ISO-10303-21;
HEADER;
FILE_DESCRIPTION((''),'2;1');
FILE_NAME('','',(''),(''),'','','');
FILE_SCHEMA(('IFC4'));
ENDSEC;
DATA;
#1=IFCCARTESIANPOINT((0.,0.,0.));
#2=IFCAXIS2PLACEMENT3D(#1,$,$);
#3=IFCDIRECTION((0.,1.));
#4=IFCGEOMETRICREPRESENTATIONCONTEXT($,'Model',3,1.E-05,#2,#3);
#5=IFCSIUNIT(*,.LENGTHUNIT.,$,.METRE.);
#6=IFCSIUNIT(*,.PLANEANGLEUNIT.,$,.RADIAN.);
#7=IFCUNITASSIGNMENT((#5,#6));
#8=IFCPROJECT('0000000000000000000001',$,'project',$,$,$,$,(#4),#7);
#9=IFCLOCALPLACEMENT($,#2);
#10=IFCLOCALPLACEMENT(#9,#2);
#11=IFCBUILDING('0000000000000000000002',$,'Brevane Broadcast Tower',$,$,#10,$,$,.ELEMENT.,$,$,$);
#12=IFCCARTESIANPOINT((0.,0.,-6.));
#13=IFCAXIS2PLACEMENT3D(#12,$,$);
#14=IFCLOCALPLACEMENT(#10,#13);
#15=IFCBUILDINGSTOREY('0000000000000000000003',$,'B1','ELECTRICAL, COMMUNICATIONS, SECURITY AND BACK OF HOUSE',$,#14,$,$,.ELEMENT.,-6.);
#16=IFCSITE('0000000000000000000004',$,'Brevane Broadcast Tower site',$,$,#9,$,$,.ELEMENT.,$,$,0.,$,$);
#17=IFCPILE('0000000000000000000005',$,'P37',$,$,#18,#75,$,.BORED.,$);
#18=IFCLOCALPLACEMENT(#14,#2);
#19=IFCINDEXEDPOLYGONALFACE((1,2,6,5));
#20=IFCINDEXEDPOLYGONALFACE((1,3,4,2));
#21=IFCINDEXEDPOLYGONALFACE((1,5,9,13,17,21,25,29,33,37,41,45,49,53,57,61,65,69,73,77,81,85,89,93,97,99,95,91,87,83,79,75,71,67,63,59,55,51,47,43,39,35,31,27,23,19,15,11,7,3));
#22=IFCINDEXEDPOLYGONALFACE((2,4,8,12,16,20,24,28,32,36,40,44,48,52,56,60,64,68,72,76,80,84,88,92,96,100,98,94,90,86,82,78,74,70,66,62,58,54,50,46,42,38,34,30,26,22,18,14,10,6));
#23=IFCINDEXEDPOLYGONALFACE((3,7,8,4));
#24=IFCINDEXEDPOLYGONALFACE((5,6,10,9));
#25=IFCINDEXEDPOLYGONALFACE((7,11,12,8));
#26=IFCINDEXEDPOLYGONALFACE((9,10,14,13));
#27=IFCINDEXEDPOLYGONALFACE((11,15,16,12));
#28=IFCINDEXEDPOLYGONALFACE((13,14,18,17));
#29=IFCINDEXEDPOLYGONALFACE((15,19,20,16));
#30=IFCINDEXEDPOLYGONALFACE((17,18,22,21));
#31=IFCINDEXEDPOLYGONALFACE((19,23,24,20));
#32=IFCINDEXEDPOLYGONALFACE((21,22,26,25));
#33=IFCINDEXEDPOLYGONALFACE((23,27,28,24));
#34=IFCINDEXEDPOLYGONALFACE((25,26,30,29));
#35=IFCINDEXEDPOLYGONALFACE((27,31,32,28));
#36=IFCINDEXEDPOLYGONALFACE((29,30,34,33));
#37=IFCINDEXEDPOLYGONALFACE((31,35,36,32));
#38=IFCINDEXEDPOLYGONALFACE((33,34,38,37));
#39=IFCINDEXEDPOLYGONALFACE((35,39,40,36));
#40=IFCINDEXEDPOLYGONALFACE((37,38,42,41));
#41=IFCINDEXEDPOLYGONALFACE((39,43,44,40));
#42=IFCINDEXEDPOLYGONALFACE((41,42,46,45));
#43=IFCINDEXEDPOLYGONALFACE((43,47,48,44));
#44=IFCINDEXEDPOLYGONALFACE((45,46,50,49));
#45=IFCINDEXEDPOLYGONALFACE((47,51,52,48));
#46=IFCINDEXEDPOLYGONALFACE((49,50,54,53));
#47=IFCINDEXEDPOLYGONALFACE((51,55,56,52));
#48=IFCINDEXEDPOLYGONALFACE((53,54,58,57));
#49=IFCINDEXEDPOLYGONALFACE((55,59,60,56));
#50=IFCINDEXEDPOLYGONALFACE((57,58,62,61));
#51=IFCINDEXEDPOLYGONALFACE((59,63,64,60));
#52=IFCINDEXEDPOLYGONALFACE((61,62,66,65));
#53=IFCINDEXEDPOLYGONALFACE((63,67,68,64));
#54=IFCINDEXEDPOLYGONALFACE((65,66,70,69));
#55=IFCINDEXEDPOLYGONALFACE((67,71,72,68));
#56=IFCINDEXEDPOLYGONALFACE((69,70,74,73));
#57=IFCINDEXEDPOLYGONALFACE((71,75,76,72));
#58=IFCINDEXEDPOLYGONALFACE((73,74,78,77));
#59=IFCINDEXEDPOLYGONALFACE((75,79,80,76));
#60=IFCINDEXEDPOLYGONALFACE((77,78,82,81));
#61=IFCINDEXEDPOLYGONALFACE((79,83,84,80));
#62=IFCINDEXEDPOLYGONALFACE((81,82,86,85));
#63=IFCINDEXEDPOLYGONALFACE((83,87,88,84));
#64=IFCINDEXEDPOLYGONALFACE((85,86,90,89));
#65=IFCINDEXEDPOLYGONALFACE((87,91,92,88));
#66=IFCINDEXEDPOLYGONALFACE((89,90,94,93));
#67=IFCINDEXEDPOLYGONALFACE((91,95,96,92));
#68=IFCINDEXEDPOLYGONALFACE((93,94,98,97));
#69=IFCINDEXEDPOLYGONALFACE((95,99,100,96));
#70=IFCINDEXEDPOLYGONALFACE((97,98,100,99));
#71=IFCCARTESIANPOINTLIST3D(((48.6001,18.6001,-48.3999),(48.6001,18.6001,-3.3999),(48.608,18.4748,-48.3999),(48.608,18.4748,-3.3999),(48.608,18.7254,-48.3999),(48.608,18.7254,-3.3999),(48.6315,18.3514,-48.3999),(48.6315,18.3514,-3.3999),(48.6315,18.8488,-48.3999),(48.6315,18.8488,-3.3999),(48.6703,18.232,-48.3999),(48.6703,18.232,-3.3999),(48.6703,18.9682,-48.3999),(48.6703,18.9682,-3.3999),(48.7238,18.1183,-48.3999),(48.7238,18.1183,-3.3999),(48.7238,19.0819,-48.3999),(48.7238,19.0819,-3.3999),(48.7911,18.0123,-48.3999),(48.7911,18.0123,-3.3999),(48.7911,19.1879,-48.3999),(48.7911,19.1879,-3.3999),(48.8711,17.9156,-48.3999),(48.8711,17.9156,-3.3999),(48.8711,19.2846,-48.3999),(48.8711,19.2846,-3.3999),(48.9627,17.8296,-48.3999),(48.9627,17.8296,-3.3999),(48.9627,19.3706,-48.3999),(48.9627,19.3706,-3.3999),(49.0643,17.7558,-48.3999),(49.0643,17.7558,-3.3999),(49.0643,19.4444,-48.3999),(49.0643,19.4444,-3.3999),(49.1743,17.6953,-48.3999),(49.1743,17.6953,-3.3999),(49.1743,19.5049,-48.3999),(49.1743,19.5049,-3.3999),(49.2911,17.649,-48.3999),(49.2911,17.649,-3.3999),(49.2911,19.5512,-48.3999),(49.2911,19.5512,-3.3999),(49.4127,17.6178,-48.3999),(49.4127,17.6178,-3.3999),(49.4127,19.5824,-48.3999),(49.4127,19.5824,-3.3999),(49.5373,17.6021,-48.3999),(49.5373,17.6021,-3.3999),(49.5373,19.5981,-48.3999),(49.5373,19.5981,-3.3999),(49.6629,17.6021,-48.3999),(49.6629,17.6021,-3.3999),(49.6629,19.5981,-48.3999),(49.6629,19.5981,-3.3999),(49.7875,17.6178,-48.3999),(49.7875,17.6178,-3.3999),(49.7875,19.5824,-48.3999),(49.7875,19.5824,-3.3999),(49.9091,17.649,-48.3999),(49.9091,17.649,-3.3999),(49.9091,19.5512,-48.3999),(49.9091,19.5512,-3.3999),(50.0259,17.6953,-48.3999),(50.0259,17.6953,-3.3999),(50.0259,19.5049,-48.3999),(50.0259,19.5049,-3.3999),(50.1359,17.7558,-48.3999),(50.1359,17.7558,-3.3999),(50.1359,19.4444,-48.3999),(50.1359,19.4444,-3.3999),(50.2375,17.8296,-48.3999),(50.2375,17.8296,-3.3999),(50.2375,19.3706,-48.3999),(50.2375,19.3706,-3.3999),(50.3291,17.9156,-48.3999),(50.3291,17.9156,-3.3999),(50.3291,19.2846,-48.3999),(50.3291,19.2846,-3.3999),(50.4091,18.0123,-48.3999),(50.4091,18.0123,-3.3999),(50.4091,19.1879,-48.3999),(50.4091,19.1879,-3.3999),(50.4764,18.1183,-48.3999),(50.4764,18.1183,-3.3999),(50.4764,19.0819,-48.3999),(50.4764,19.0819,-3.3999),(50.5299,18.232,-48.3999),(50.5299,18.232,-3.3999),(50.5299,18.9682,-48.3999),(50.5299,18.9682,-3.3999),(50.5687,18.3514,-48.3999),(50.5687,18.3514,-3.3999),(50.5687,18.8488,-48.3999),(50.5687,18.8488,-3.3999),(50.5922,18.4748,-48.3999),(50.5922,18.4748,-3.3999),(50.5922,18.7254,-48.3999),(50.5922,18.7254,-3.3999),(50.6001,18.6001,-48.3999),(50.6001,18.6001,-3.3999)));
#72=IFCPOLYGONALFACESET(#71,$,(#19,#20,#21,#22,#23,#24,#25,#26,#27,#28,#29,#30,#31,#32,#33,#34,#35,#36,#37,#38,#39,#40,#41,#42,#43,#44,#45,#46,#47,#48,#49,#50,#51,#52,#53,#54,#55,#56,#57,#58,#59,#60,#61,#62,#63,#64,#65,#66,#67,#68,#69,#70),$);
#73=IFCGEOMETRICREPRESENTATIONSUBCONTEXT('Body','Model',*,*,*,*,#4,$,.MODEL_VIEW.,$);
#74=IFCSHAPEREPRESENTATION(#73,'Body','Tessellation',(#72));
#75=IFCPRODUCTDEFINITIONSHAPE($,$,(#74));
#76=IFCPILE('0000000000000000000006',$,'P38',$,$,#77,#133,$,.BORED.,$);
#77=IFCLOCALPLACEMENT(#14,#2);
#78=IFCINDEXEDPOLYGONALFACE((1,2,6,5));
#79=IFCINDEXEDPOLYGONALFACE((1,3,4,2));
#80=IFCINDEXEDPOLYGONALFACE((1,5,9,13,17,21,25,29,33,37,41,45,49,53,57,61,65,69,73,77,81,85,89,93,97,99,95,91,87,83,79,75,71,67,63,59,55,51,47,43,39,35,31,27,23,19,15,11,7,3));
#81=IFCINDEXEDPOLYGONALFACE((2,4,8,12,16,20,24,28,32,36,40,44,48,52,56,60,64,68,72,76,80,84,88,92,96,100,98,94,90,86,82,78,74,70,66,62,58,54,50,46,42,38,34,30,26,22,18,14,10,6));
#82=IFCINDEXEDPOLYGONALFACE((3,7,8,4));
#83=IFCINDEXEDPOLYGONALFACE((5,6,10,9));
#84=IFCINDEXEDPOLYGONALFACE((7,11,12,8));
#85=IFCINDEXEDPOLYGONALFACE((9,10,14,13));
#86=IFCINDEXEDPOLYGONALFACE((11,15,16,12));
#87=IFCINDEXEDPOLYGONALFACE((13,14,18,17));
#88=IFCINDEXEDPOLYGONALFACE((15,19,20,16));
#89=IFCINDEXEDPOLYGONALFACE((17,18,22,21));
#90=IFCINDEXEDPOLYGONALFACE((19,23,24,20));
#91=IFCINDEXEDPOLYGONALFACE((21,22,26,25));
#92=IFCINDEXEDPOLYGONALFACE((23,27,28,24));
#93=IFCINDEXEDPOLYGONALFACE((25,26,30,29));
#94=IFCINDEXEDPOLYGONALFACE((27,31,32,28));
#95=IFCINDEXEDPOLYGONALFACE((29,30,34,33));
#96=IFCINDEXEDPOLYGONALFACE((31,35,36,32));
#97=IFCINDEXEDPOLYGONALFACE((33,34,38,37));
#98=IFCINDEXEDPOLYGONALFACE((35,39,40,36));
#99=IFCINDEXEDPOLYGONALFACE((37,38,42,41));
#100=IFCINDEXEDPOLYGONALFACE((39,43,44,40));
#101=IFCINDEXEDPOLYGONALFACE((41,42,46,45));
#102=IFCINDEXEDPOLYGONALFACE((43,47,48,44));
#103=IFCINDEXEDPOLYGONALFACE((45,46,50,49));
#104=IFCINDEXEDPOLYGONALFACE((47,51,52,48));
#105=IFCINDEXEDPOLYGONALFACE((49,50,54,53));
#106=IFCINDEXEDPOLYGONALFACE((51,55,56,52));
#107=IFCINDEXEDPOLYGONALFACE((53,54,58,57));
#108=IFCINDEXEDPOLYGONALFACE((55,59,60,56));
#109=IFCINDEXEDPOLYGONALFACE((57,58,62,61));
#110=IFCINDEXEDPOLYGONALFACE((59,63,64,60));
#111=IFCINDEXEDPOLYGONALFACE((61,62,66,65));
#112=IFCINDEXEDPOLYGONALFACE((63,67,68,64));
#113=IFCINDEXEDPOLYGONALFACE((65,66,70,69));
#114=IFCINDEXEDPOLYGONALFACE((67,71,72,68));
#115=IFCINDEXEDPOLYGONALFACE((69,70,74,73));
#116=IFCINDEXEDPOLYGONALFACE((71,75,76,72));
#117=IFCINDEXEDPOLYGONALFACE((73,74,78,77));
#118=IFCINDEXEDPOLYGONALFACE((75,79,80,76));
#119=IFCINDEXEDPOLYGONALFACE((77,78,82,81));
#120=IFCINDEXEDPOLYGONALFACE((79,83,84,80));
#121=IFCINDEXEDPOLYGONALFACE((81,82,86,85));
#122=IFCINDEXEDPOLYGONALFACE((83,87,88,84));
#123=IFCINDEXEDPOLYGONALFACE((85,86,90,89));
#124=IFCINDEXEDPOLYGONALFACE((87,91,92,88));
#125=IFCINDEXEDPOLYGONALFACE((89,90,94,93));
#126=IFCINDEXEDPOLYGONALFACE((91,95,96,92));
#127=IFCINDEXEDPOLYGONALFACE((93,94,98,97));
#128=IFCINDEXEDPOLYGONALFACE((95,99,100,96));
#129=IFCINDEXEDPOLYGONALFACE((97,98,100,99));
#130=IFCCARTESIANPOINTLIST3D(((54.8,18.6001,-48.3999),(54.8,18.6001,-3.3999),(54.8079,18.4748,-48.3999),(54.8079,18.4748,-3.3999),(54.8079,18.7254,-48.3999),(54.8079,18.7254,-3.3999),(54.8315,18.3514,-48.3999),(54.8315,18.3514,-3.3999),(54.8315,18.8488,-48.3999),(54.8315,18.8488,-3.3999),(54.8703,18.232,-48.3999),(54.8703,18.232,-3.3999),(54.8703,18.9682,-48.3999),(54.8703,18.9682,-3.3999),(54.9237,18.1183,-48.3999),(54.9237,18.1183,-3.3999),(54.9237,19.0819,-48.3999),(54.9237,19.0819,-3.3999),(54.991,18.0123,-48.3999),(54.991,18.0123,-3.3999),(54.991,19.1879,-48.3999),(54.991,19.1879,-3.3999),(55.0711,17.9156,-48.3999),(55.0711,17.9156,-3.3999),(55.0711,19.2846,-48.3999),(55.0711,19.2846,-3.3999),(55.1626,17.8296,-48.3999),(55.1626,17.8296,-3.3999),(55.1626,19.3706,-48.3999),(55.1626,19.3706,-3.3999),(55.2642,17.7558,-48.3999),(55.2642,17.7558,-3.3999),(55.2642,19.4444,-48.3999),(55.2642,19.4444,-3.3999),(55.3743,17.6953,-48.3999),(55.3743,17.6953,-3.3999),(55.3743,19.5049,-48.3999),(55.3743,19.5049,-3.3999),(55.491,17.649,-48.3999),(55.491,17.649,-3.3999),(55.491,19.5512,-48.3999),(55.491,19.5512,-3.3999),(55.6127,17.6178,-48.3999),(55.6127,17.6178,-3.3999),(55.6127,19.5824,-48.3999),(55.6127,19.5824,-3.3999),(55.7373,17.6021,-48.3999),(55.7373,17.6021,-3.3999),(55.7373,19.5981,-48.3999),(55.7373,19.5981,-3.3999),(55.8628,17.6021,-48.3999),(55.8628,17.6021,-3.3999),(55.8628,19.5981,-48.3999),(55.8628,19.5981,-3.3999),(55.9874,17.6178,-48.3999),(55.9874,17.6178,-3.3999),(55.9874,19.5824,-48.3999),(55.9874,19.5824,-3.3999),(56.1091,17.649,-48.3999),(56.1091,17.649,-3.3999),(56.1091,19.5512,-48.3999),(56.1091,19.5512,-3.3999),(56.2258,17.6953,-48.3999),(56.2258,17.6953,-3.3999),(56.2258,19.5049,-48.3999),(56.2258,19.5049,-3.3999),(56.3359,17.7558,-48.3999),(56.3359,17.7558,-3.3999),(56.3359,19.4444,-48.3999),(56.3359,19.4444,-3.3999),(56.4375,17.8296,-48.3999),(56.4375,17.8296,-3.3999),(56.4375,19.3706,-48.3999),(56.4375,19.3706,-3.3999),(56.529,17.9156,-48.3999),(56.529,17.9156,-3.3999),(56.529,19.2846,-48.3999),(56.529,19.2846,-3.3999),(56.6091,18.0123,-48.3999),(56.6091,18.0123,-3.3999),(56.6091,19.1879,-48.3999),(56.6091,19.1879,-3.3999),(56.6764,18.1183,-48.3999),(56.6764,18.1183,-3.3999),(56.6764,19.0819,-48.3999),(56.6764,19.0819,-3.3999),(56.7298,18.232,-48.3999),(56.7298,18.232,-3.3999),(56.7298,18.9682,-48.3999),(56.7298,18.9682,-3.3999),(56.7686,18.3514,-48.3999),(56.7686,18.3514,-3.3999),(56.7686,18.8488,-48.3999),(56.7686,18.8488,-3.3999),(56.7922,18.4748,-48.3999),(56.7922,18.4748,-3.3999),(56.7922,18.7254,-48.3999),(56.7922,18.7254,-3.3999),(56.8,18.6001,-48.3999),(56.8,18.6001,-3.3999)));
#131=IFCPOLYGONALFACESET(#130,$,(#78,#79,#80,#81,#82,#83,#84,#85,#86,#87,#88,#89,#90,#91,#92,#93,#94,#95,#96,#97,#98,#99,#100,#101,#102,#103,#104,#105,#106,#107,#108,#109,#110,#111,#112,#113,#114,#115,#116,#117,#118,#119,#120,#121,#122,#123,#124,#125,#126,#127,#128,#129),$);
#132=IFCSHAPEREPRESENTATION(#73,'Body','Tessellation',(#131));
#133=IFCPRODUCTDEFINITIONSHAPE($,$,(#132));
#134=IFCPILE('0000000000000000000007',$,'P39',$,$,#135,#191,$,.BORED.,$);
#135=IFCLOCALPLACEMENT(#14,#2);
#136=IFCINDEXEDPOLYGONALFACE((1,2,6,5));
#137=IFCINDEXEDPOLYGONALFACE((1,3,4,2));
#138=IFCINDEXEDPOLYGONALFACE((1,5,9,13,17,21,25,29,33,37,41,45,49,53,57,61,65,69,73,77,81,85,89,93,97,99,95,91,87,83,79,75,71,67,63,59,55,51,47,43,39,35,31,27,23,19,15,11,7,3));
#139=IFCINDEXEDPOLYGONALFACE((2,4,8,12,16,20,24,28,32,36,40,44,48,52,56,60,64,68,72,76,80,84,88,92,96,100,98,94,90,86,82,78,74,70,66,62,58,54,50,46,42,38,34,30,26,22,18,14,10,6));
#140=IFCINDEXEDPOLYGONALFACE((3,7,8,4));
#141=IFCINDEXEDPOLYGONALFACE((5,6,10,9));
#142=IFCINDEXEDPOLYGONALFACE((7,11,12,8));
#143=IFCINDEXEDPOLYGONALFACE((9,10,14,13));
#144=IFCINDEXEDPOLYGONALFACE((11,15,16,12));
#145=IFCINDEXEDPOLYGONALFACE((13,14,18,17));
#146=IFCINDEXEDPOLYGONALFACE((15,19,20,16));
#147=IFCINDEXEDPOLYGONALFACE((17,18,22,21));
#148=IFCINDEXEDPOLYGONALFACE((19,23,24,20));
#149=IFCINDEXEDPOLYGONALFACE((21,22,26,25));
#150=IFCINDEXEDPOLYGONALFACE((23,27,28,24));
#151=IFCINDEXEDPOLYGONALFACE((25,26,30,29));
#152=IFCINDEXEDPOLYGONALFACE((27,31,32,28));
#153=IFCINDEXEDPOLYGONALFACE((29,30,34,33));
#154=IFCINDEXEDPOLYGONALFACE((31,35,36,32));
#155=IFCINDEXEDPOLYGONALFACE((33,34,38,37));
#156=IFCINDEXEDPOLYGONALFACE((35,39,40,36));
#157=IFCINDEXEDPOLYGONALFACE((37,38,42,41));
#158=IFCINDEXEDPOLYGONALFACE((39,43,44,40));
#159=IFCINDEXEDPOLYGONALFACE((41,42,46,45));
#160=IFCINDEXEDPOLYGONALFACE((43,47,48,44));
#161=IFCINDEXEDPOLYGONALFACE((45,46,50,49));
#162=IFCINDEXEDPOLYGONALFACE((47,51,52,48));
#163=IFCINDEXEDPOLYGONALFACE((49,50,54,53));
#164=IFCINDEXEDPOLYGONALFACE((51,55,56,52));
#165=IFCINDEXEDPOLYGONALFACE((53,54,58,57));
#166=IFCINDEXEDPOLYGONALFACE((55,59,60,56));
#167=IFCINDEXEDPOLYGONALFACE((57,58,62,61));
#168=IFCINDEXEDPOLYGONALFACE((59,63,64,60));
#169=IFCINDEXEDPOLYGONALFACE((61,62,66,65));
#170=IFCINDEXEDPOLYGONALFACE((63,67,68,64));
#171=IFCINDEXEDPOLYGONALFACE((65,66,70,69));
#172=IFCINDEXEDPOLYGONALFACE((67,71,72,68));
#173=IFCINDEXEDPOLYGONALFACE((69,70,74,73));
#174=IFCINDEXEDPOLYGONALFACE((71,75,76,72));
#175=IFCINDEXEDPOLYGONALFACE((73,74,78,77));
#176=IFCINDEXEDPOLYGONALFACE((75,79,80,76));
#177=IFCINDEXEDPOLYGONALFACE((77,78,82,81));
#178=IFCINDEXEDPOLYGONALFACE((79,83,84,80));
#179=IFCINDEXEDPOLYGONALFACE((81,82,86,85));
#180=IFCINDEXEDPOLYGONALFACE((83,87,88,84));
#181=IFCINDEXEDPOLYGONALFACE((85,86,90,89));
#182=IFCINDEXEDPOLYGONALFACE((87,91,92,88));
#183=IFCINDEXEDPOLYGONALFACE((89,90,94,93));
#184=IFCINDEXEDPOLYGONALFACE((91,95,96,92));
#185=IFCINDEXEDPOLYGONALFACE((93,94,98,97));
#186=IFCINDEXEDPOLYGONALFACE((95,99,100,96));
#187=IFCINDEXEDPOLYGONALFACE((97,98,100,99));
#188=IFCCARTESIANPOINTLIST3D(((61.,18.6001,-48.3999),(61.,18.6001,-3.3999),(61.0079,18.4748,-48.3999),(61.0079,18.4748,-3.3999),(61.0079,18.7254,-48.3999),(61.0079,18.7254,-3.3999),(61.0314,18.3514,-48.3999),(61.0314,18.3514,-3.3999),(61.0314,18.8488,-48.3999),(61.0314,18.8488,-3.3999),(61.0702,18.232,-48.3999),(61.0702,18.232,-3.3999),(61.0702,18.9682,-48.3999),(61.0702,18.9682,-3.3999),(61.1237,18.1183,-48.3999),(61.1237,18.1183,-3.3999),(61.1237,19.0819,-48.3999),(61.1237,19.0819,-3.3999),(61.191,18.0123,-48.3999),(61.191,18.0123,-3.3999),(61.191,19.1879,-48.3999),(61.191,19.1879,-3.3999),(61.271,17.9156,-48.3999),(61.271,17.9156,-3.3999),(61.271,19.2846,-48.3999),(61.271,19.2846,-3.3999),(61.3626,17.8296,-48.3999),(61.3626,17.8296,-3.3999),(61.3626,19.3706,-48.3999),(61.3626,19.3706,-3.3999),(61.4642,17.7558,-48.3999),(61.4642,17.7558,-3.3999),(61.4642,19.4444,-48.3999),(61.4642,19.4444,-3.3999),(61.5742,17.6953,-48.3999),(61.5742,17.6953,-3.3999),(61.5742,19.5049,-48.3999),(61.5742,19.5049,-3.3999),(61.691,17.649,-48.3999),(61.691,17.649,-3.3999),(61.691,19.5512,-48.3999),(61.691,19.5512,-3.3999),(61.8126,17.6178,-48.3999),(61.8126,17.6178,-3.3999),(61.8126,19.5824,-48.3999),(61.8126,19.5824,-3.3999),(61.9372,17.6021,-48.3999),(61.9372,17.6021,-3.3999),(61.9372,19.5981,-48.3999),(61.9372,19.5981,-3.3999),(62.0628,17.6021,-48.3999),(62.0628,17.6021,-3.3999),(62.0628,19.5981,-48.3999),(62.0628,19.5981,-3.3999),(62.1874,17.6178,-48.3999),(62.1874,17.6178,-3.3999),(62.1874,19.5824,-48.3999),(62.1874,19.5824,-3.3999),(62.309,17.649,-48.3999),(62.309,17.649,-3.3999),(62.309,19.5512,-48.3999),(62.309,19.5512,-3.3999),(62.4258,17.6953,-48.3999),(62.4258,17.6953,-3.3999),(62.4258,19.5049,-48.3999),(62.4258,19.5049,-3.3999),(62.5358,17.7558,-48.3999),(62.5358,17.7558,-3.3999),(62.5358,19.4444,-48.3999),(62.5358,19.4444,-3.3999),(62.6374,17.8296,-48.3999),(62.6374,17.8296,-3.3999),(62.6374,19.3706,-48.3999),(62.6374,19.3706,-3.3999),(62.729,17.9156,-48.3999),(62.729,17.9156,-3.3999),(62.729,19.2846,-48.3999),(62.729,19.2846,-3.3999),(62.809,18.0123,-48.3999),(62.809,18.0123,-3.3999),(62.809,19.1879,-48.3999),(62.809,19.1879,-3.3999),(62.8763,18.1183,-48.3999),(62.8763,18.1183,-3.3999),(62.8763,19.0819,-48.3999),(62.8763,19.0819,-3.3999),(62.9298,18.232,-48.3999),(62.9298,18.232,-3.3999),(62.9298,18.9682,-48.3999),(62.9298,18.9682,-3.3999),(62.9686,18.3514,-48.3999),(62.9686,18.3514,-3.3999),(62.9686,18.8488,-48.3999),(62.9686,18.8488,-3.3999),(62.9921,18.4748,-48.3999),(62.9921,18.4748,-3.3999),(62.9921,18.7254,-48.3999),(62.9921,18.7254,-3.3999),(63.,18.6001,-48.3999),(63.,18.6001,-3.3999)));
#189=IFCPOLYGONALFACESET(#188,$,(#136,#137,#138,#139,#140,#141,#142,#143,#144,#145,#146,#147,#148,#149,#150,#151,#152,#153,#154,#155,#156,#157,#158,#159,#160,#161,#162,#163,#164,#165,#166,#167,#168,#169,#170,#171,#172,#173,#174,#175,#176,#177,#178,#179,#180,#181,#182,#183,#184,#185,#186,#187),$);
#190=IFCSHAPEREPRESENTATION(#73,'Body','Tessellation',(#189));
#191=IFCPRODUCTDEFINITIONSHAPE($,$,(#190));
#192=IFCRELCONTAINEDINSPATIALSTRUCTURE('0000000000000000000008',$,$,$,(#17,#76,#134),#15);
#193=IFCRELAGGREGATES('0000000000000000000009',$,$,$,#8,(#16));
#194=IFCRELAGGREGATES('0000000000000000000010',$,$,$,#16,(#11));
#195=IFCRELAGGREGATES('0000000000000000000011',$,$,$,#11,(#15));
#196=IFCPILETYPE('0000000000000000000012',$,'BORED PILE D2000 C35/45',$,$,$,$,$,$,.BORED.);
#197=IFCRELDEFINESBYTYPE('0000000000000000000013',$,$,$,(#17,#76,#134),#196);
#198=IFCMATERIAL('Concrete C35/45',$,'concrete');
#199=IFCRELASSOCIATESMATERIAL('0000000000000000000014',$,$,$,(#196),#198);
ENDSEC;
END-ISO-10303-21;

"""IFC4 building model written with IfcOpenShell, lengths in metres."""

from ifc_helpers import new_model, si_unit, direction, frame, origin, origin_2d, place, context, subcontext, project, spatial, circle, extrude, material, material_profile, profile_set, type_object, element, save


model = new_model("IFC4")

# Units and contexts
model_context = context("Model", 3, precision=1e-05, world=origin(), true_north=direction((0.0, 1.0)))
body_context = subcontext(model_context, "Body", "Model", "MODEL_VIEW")
ifc_project = project(units=[si_unit("LENGTHUNIT", "METRE"), si_unit("PLANEANGLEUNIT", "RADIAN")], contexts=[model_context])

# Site, building, storey
site_placement = place(None, origin())
site = spatial("IfcSite", under=ifc_project, at=site_placement, Name="Brevane Broadcast Tower site", CompositionType="ELEMENT", RefElevation=0.0)
building_placement = place(site_placement, origin())
building = spatial("IfcBuilding", under=site, at=building_placement, Name="Brevane Broadcast Tower", CompositionType="ELEMENT")
storey_placement = place(building_placement, frame((0.0, 0.0, -6.0)))
storey = spatial("IfcBuildingStorey", under=building, at=storey_placement, Name="B1", Description="ELECTRICAL, COMMUNICATIONS, SECURITY AND BACK OF HOUSE", CompositionType="ELEMENT", Elevation=-6.0)

# Piles
ifc_material_1 = material(Name="Concrete C35/45", Category="concrete")
ifc_material_profile_1 = material_profile(ifc_material_1, circle(Radius=1.0, at=origin_2d()), Name="RC D2000")
ifc_profile_set_1 = profile_set([ifc_material_profile_1], Name="Concrete C35/45")
pile_type = type_object("IfcPileType", Name="BORED PILE D2000 C35/45", PredefinedType="BORED", material=ifc_profile_set_1)
for number, where, z_axis, x_axis, name in (
    (1, (49.6001, 18.6001, -3.3999), (0.0, 0.0, -1.0), (1.0, 0.0, 0.0), "P37"),
    (2, (55.8, 18.6001, -3.3999), (0.0, 0.0, -1.0), (1.0, 0.0, 0.0), "P38"),
    (3, (62.0, 18.6001, -3.3999), (0.0, 0.0, -1.0), (1.0, 0.0, 0.0), "P39"),
):
    element("IfcPile", number, at=place(storey_placement, frame(where, z_axis=z_axis, x_axis=x_axis)), inside=storey, type_object=pile_type, Name=name, PredefinedType="BORED", context=body_context, shape_type="SweptSolid", body=[
        extrude(circle(Radius=1.0, at=origin_2d()), origin(), (0.0, 0.0, 1.0), 45.0),
    ])

save(model, "model.ifc")
